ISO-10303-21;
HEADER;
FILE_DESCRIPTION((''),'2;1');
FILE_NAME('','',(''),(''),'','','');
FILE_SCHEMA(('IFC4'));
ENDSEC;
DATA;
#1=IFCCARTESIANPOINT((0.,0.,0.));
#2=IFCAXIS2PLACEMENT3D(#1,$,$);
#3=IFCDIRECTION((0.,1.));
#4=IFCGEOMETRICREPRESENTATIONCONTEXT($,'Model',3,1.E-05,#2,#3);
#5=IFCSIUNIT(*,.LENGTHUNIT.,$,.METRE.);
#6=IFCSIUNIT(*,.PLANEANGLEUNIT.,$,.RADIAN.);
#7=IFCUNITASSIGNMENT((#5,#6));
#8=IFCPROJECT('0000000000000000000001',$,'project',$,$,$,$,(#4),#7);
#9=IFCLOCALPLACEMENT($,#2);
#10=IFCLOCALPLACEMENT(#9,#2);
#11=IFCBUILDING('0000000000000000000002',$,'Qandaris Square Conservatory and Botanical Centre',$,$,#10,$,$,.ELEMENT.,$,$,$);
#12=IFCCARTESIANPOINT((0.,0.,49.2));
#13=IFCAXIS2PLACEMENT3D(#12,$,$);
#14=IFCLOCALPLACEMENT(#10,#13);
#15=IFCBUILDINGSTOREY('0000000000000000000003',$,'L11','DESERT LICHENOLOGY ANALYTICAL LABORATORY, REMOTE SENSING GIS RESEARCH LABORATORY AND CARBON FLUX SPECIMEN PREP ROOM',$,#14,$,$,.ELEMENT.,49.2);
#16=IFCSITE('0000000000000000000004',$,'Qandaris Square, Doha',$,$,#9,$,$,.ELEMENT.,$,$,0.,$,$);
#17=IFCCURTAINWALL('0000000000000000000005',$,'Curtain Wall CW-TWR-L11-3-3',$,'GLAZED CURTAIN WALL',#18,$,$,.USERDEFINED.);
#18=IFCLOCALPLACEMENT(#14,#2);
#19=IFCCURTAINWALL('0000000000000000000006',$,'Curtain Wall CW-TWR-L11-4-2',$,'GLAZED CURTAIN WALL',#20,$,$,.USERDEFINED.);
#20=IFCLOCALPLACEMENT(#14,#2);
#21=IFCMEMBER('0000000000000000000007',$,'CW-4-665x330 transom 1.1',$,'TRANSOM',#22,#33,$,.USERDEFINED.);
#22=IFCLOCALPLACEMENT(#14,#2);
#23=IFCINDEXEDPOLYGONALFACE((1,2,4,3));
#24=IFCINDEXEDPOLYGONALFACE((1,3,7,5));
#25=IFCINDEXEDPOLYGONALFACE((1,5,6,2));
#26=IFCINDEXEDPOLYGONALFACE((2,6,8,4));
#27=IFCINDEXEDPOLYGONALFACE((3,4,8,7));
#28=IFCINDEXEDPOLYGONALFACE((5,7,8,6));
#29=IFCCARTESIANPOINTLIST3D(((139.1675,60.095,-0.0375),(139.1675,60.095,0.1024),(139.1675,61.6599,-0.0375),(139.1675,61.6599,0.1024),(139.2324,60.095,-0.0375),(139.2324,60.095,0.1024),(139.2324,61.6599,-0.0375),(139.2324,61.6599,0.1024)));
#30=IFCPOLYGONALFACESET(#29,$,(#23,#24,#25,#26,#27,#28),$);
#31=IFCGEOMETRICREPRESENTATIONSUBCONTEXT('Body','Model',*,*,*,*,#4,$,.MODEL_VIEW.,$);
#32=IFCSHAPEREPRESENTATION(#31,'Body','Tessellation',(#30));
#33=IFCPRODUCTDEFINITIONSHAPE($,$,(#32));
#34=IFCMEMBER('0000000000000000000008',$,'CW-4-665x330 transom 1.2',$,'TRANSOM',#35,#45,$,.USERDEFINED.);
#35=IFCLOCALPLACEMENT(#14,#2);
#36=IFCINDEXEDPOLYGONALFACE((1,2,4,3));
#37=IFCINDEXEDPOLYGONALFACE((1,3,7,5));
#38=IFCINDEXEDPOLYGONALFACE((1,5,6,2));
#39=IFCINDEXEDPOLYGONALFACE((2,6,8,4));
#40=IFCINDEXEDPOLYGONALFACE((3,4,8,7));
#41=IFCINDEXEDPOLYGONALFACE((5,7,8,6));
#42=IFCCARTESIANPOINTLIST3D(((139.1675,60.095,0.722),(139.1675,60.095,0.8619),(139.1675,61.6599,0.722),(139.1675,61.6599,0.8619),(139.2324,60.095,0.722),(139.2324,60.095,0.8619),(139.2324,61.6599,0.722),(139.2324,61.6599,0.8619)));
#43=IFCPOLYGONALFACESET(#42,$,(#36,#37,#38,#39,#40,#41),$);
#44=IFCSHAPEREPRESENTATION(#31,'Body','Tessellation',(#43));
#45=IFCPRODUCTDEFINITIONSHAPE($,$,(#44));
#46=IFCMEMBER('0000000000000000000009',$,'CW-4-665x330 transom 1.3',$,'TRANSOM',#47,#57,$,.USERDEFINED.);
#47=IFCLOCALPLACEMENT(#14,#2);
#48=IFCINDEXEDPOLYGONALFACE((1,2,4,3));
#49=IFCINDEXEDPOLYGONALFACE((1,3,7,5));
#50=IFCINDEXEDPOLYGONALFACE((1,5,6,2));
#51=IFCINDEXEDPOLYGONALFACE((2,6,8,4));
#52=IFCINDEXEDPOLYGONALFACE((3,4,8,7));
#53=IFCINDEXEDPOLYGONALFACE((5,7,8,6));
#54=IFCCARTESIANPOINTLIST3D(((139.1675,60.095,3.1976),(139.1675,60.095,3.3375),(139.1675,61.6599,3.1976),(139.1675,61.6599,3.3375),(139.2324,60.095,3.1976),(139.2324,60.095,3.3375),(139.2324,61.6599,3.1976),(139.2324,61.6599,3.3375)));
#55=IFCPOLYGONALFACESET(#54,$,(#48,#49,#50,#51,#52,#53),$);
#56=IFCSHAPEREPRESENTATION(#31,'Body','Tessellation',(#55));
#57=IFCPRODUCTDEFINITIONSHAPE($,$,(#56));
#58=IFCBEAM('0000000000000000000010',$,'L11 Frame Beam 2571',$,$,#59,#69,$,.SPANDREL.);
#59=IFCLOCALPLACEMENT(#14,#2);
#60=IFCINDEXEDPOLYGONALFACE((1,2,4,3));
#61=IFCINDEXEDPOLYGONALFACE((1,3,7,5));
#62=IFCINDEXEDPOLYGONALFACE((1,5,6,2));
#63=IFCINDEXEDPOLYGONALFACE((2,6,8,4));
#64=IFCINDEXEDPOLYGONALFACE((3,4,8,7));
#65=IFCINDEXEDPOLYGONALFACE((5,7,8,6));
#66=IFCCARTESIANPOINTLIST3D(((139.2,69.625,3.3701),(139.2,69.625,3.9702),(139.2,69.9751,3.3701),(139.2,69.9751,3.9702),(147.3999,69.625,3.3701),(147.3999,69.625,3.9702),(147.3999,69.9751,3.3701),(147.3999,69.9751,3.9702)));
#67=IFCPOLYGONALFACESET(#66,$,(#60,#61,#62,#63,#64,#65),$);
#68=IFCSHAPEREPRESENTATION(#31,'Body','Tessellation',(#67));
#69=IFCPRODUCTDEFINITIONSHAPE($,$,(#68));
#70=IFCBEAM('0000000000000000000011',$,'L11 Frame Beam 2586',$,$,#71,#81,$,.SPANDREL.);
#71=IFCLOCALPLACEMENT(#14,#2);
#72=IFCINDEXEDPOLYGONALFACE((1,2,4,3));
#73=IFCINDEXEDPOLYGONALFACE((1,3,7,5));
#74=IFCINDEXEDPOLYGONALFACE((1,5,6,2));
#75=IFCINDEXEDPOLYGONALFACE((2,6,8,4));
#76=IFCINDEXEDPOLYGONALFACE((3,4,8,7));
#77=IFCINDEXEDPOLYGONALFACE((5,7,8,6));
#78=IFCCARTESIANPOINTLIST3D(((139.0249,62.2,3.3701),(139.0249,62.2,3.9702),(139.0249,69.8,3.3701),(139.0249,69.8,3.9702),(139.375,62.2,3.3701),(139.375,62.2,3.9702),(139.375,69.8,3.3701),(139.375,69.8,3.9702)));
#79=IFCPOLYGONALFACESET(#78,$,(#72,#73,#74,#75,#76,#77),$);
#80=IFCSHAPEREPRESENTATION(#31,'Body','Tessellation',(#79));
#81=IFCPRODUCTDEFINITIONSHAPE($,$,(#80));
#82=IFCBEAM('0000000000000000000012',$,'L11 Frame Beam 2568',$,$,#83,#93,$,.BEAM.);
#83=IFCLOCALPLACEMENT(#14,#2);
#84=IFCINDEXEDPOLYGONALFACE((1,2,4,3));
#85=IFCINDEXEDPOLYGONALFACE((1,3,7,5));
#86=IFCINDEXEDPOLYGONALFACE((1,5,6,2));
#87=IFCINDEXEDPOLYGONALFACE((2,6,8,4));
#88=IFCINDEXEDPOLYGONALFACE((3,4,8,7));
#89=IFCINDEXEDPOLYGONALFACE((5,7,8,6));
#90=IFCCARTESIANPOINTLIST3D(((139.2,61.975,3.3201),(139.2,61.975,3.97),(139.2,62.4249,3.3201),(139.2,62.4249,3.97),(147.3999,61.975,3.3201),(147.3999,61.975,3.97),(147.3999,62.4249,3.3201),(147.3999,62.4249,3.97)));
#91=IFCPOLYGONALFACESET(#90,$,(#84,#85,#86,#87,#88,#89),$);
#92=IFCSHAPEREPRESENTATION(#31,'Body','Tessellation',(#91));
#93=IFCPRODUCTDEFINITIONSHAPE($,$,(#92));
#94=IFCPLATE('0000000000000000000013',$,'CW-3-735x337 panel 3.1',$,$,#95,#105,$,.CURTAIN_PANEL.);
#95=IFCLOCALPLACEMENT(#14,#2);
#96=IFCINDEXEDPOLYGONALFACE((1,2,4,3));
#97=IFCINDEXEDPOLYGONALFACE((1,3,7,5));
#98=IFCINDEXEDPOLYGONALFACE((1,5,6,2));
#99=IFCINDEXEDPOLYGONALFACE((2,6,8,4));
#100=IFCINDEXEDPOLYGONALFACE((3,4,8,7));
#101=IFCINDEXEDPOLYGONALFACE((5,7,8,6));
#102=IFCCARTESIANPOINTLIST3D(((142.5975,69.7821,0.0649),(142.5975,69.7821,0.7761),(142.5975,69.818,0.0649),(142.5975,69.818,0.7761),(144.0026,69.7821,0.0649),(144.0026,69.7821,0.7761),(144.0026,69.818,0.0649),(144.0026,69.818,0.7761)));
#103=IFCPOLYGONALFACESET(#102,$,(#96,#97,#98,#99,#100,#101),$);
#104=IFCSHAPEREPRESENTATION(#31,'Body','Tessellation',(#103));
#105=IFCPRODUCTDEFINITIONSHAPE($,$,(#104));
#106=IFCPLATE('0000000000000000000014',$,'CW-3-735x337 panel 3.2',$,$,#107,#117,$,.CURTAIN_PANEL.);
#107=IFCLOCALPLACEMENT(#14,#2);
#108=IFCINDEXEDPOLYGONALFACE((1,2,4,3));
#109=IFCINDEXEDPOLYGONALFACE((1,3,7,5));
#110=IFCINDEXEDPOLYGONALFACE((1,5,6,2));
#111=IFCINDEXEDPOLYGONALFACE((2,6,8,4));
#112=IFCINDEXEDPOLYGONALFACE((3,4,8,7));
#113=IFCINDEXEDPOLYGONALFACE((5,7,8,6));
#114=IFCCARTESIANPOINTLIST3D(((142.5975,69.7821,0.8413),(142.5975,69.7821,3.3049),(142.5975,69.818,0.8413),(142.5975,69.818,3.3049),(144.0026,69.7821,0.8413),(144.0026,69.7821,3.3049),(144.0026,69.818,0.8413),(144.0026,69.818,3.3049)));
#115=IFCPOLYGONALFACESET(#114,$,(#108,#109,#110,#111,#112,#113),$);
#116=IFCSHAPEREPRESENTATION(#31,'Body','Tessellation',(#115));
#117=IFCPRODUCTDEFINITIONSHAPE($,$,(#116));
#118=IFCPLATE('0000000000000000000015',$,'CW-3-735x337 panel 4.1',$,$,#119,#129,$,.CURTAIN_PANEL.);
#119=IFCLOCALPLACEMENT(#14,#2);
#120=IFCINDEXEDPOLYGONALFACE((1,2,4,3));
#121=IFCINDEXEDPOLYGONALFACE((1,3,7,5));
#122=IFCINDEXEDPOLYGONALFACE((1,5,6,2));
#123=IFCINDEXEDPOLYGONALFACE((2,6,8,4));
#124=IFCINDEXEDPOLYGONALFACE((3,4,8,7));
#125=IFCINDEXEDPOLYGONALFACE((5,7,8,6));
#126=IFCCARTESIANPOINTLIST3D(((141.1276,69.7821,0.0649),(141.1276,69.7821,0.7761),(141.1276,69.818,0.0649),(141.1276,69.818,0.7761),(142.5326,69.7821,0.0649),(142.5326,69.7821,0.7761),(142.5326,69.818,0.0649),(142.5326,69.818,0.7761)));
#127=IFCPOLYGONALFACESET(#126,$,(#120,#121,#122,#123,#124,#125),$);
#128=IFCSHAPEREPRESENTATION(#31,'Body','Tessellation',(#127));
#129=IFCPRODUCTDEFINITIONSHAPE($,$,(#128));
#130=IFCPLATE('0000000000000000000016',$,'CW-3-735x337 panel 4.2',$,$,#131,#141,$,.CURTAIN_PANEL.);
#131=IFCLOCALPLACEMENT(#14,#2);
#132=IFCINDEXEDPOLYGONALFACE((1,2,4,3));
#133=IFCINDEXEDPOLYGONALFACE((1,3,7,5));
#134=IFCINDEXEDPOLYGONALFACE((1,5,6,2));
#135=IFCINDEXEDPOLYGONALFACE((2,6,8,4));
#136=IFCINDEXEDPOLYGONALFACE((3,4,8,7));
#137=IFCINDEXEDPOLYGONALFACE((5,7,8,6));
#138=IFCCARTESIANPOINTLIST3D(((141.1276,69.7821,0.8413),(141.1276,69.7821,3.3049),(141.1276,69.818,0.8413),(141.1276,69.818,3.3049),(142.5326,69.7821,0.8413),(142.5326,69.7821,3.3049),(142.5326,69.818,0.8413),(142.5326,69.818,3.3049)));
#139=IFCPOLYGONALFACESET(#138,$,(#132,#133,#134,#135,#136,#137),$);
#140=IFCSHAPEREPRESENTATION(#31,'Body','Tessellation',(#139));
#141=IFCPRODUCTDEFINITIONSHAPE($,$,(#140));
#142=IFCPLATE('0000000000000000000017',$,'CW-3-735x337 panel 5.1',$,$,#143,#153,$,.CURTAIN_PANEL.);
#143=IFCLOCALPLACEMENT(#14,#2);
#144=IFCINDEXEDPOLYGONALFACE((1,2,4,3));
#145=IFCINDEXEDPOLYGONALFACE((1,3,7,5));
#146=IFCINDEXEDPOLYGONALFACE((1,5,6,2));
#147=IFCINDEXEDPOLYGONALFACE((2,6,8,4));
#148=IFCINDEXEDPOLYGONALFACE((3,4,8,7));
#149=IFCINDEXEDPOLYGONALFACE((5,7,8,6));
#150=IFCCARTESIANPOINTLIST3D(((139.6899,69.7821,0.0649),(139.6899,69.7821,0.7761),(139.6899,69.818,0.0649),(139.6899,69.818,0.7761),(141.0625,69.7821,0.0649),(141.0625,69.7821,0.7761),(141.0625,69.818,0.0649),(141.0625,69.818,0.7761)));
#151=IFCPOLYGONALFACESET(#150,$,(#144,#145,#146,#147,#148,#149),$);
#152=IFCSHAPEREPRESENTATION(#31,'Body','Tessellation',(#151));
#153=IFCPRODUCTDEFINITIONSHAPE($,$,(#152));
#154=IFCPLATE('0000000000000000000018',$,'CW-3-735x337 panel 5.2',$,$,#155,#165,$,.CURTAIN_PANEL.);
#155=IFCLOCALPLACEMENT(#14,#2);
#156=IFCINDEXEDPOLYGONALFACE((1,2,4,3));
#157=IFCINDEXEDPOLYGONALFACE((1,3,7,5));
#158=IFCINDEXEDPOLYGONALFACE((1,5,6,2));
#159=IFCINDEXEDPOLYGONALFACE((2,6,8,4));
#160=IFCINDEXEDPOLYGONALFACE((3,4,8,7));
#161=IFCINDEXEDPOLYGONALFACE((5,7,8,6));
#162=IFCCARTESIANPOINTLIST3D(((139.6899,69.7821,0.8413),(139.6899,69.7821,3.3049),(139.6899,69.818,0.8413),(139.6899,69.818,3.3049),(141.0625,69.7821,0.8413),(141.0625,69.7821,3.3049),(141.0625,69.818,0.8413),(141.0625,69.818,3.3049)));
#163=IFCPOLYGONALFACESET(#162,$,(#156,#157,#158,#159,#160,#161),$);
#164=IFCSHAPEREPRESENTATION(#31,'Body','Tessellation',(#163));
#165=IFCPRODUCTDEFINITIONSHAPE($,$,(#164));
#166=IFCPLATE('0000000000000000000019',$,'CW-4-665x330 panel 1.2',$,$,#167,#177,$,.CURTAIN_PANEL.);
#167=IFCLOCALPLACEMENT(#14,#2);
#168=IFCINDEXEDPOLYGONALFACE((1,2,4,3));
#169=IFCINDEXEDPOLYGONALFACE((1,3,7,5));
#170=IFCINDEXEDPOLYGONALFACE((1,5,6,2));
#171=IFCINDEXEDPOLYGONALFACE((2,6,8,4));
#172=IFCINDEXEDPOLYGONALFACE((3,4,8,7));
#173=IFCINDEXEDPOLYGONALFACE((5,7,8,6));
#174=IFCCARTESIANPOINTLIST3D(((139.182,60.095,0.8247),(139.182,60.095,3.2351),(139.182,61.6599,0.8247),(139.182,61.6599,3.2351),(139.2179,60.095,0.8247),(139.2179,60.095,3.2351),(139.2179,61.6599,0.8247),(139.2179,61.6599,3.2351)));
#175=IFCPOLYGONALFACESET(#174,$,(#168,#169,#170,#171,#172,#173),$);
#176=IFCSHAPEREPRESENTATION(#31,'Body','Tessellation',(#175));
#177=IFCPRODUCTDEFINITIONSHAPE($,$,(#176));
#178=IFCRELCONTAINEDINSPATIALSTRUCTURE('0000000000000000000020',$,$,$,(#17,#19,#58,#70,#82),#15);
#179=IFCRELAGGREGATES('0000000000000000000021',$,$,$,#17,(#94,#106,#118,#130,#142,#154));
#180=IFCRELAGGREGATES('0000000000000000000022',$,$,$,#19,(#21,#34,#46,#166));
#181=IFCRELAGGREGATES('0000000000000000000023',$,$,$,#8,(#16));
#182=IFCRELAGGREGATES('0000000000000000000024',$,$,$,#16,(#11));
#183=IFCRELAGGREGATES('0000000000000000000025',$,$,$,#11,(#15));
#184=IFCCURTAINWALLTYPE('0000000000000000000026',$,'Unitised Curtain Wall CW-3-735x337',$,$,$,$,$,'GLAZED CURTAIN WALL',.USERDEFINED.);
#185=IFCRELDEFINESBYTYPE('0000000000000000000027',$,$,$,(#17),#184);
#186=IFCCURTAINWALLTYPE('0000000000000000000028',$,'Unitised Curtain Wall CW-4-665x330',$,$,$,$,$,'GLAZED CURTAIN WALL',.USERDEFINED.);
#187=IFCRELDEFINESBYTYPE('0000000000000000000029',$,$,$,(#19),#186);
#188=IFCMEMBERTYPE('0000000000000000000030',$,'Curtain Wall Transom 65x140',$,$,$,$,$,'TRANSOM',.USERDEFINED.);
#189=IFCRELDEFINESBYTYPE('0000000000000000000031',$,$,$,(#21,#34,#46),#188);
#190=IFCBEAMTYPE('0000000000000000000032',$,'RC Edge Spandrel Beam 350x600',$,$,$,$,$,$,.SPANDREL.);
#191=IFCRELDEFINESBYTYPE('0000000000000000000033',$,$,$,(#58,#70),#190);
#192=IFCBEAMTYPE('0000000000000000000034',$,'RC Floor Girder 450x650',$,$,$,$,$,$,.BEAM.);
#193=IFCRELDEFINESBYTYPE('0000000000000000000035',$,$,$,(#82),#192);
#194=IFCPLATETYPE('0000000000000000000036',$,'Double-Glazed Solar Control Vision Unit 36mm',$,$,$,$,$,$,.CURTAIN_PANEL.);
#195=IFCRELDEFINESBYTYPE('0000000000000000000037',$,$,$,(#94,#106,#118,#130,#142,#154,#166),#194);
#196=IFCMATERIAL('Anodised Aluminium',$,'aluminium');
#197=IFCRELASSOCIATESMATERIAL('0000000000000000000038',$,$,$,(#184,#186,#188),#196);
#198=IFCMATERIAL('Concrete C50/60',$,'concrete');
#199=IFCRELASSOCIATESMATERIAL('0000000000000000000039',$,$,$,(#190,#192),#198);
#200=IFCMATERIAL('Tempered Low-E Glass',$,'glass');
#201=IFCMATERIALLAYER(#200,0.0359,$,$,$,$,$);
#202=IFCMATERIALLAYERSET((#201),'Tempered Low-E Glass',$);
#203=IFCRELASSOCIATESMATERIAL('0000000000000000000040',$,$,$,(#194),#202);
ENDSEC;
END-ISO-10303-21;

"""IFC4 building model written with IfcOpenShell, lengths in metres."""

from ifc_helpers import new_model, si_unit, direction, frame, origin, origin_2d, place, context, subcontext, project, spatial, rectangle, extrude, material, layer, layer_set, material_profile, profile_set, type_object, element, aggregate, save


model = new_model("IFC4")

# Units and contexts
model_context = context("Model", 3, precision=1e-05, world=origin(), true_north=direction((0.0, 1.0)))
body_context = subcontext(model_context, "Body", "Model", "MODEL_VIEW")
ifc_project = project(units=[si_unit("LENGTHUNIT", "METRE"), si_unit("PLANEANGLEUNIT", "RADIAN")], contexts=[model_context])

# Site, building, storey
site_placement = place(None, origin())
site = spatial("IfcSite", under=ifc_project, at=site_placement, Name="Qandaris Square, Doha", CompositionType="ELEMENT", RefElevation=0.0)
building_placement = place(site_placement, origin())
building = spatial("IfcBuilding", under=site, at=building_placement, Name="Qandaris Square Conservatory and Botanical Centre", CompositionType="ELEMENT")
storey_placement = place(building_placement, frame((0.0, 0.0, 49.2)))
storey = spatial("IfcBuildingStorey", under=building, at=storey_placement, Name="L11", Description="DESERT LICHENOLOGY ANALYTICAL LABORATORY, REMOTE SENSING GIS RESEARCH LABORATORY AND CARBON FLUX SPECIMEN PREP ROOM", CompositionType="ELEMENT", Elevation=49.2)

# Shared definitions
ifc_material_1 = material(Name="Concrete C50/60", Category="concrete")

# Curtain wall
ifc_material_2 = material(Name="Anodised Aluminium", Category="aluminium")
curtain_wall_type_1 = type_object("IfcCurtainWallType", Name="Unitised Curtain Wall CW-3-735x337", ElementType="GLAZED CURTAIN WALL", PredefinedType="USERDEFINED", material=ifc_material_2)
curtain_wall_1_placement = place(storey_placement, origin())
curtain_wall_1 = element("IfcCurtainWall", 1, at=curtain_wall_1_placement, inside=storey, type_object=curtain_wall_type_1, Name="Curtain Wall CW-TWR-L11-3-3", ObjectType="GLAZED CURTAIN WALL", PredefinedType="USERDEFINED")

# Curtain wall
curtain_wall_type_2 = type_object("IfcCurtainWallType", Name="Unitised Curtain Wall CW-4-665x330", ElementType="GLAZED CURTAIN WALL", PredefinedType="USERDEFINED", material=ifc_material_2)
curtain_wall_2_placement = place(storey_placement, origin())
curtain_wall_2 = element("IfcCurtainWall", 2, at=curtain_wall_2_placement, inside=storey, type_object=curtain_wall_type_2, Name="Curtain Wall CW-TWR-L11-4-2", ObjectType="GLAZED CURTAIN WALL", PredefinedType="USERDEFINED")

# Members
ifc_material_profile_1 = material_profile(ifc_material_2, rectangle(XDim=0.0649, YDim=0.1399, at=origin_2d()), Name="ALU-TRN 65x140")
ifc_profile_set_1 = profile_set([ifc_material_profile_1], Name="Anodised Aluminium")
member_type_1 = type_object("IfcMemberType", Name="Curtain Wall Transom 65x140", ElementType="TRANSOM", PredefinedType="USERDEFINED", material=ifc_profile_set_1)
member_1_placement = place(storey_placement, frame((139.2, 61.6599, 0.0325), z_axis=(0.0, -1.0, 0.0), x_axis=(1.0, 0.0, 0.0)))
member_1 = element("IfcMember", 3, at=member_1_placement, type_object=member_type_1, Name="CW-4-665x330 transom 1.1", ObjectType="TRANSOM", PredefinedType="USERDEFINED", context=body_context, shape_type="SweptSolid", body=[
    extrude(rectangle(XDim=0.0649, YDim=0.1399, at=origin_2d()), origin(), (0.0, 0.0, 1.0), 1.5649),
])
member_2_placement = place(storey_placement, frame((139.2, 61.6599, 0.792), z_axis=(0.0, -1.0, 0.0), x_axis=(1.0, 0.0, 0.0)))
member_2 = element("IfcMember", 4, at=member_2_placement, type_object=member_type_1, Name="CW-4-665x330 transom 1.2", ObjectType="TRANSOM", PredefinedType="USERDEFINED", context=body_context, shape_type="SweptSolid", body=[
    extrude(rectangle(XDim=0.0649, YDim=0.1399, at=origin_2d()), origin(), (0.0, 0.0, 1.0), 1.5649),
])
member_3_placement = place(storey_placement, frame((139.2, 61.6599, 3.2676), z_axis=(0.0, -1.0, 0.0), x_axis=(1.0, 0.0, 0.0)))
member_3 = element("IfcMember", 5, at=member_3_placement, type_object=member_type_1, Name="CW-4-665x330 transom 1.3", ObjectType="TRANSOM", PredefinedType="USERDEFINED", context=body_context, shape_type="SweptSolid", body=[
    extrude(rectangle(XDim=0.0649, YDim=0.1399, at=origin_2d()), origin(), (0.0, 0.0, 1.0), 1.5649),
])

# Beams
ifc_material_profile_2 = material_profile(ifc_material_1, rectangle(XDim=0.3501, YDim=0.6001, at=origin_2d()), Name="RC-SP 350x600")
ifc_profile_set_2 = profile_set([ifc_material_profile_2], Name="Concrete C50/60")
beam_type_1 = type_object("IfcBeamType", Name="RC Edge Spandrel Beam 350x600", PredefinedType="SPANDREL", material=ifc_profile_set_2)
beam_1_placement = place(storey_placement, frame((139.2, 69.8, 3.6702), z_axis=(1.0, 0.0, 0.0), x_axis=(0.0, 1.0, 0.0)))
element("IfcBeam", 6, at=beam_1_placement, inside=storey, type_object=beam_type_1, Name="L11 Frame Beam 2571", PredefinedType="SPANDREL", context=body_context, shape_type="SweptSolid", body=[
    extrude(rectangle(XDim=0.3501, YDim=0.6001, at=origin_2d()), origin(), (0.0, 0.0, 1.0), 8.2),
])
beam_2_placement = place(storey_placement, frame((139.2, 62.2, 3.6702), z_axis=(0.0, 1.0, 0.0), x_axis=(-1.0, 0.0, 0.0)))
element("IfcBeam", 7, at=beam_2_placement, inside=storey, type_object=beam_type_1, Name="L11 Frame Beam 2586", PredefinedType="SPANDREL", context=body_context, shape_type="SweptSolid", body=[
    extrude(rectangle(XDim=0.3501, YDim=0.6001, at=origin_2d()), origin(), (0.0, 0.0, 1.0), 7.6001),
])
ifc_material_profile_3 = material_profile(ifc_material_1, rectangle(XDim=0.45, YDim=0.6499, at=origin_2d()), Name="RC-BM 450x650")
ifc_profile_set_3 = profile_set([ifc_material_profile_3], Name="Concrete C50/60")
beam_type_2 = type_object("IfcBeamType", Name="RC Floor Girder 450x650", PredefinedType="BEAM", material=ifc_profile_set_3)
beam_3_placement = place(storey_placement, frame((139.2, 62.2, 3.645), z_axis=(1.0, 0.0, 0.0), x_axis=(0.0, 1.0, 0.0)))
element("IfcBeam", 8, at=beam_3_placement, inside=storey, type_object=beam_type_2, Name="L11 Frame Beam 2568", PredefinedType="BEAM", context=body_context, shape_type="SweptSolid", body=[
    extrude(rectangle(XDim=0.45, YDim=0.6499, at=origin_2d()), origin(), (0.0, 0.0, 1.0), 8.2),
])

# Plates
ifc_material_3 = material(Name="Tempered Low-E Glass", Category="glass")
ifc_layer_1 = layer(ifc_material_3, 0.0359)
ifc_layer_set_1 = layer_set([ifc_layer_1], Name="Tempered Low-E Glass")
plate_type = type_object("IfcPlateType", Name="Double-Glazed Solar Control Vision Unit 36mm", PredefinedType="CURTAIN_PANEL", material=ifc_layer_set_1)
plate_1_placement = place(storey_placement, frame((143.3, 69.8, 0.0649), z_axis=(0.0, 0.0, 1.0), x_axis=(-1.0, 0.0, 0.0)))
plate_1 = element("IfcPlate", 9, at=plate_1_placement, type_object=plate_type, Name="CW-3-735x337 panel 3.1", PredefinedType="CURTAIN_PANEL", context=body_context, shape_type="SweptSolid", body=[
    extrude(rectangle(XDim=1.405, YDim=0.0359, at=origin_2d()), origin(), (0.0, 0.0, 1.0), 0.7112),
])
plate_2_placement = place(storey_placement, frame((143.3, 69.8, 0.8413), z_axis=(0.0, 0.0, 1.0), x_axis=(-1.0, 0.0, 0.0)))
plate_2 = element("IfcPlate", 10, at=plate_2_placement, type_object=plate_type, Name="CW-3-735x337 panel 3.2", PredefinedType="CURTAIN_PANEL", context=body_context, shape_type="SweptSolid", body=[
    extrude(rectangle(XDim=1.405, YDim=0.0359, at=origin_2d()), origin(), (0.0, 0.0, 1.0), 2.4636),
])
plate_3_placement = place(storey_placement, frame((141.8301, 69.8, 0.0649), z_axis=(0.0, 0.0, 1.0), x_axis=(-1.0, 0.0, 0.0)))
plate_3 = element("IfcPlate", 11, at=plate_3_placement, type_object=plate_type, Name="CW-3-735x337 panel 4.1", PredefinedType="CURTAIN_PANEL", context=body_context, shape_type="SweptSolid", body=[
    extrude(rectangle(XDim=1.405, YDim=0.0359, at=origin_2d()), origin(), (0.0, 0.0, 1.0), 0.7112),
])
plate_4_placement = place(storey_placement, frame((141.8301, 69.8, 0.8413), z_axis=(0.0, 0.0, 1.0), x_axis=(-1.0, 0.0, 0.0)))
plate_4 = element("IfcPlate", 12, at=plate_4_placement, type_object=plate_type, Name="CW-3-735x337 panel 4.2", PredefinedType="CURTAIN_PANEL", context=body_context, shape_type="SweptSolid", body=[
    extrude(rectangle(XDim=1.405, YDim=0.0359, at=origin_2d()), origin(), (0.0, 0.0, 1.0), 2.4636),
])
plate_5_placement = place(storey_placement, frame((140.3762, 69.8, 0.0649), z_axis=(0.0, 0.0, 1.0), x_axis=(-1.0, 0.0, 0.0)))
plate_5 = element("IfcPlate", 13, at=plate_5_placement, type_object=plate_type, Name="CW-3-735x337 panel 5.1", PredefinedType="CURTAIN_PANEL", context=body_context, shape_type="SweptSolid", body=[
    extrude(rectangle(XDim=1.3726, YDim=0.0359, at=origin_2d()), origin(), (0.0, 0.0, 1.0), 0.7112),
])
plate_6_placement = place(storey_placement, frame((140.3762, 69.8, 0.8413), z_axis=(0.0, 0.0, 1.0), x_axis=(-1.0, 0.0, 0.0)))
plate_6 = element("IfcPlate", 14, at=plate_6_placement, type_object=plate_type, Name="CW-3-735x337 panel 5.2", PredefinedType="CURTAIN_PANEL", context=body_context, shape_type="SweptSolid", body=[
    extrude(rectangle(XDim=1.3726, YDim=0.0359, at=origin_2d()), origin(), (0.0, 0.0, 1.0), 2.4636),
])
aggregate(curtain_wall_1, [plate_1, plate_2, plate_3, plate_4, plate_5, plate_6])
plate_7_placement = place(storey_placement, frame((139.2, 60.8774, 0.8247), z_axis=(0.0, 0.0, 1.0), x_axis=(0.0, -1.0, 0.0)))
plate_7 = element("IfcPlate", 15, at=plate_7_placement, type_object=plate_type, Name="CW-4-665x330 panel 1.2", PredefinedType="CURTAIN_PANEL", context=body_context, shape_type="SweptSolid", body=[
    extrude(rectangle(XDim=1.5649, YDim=0.0359, at=origin_2d()), origin(), (0.0, 0.0, 1.0), 2.4104),
])
aggregate(curtain_wall_2, [member_1, member_2, member_3, plate_7])

save(model, "model.ifc")
